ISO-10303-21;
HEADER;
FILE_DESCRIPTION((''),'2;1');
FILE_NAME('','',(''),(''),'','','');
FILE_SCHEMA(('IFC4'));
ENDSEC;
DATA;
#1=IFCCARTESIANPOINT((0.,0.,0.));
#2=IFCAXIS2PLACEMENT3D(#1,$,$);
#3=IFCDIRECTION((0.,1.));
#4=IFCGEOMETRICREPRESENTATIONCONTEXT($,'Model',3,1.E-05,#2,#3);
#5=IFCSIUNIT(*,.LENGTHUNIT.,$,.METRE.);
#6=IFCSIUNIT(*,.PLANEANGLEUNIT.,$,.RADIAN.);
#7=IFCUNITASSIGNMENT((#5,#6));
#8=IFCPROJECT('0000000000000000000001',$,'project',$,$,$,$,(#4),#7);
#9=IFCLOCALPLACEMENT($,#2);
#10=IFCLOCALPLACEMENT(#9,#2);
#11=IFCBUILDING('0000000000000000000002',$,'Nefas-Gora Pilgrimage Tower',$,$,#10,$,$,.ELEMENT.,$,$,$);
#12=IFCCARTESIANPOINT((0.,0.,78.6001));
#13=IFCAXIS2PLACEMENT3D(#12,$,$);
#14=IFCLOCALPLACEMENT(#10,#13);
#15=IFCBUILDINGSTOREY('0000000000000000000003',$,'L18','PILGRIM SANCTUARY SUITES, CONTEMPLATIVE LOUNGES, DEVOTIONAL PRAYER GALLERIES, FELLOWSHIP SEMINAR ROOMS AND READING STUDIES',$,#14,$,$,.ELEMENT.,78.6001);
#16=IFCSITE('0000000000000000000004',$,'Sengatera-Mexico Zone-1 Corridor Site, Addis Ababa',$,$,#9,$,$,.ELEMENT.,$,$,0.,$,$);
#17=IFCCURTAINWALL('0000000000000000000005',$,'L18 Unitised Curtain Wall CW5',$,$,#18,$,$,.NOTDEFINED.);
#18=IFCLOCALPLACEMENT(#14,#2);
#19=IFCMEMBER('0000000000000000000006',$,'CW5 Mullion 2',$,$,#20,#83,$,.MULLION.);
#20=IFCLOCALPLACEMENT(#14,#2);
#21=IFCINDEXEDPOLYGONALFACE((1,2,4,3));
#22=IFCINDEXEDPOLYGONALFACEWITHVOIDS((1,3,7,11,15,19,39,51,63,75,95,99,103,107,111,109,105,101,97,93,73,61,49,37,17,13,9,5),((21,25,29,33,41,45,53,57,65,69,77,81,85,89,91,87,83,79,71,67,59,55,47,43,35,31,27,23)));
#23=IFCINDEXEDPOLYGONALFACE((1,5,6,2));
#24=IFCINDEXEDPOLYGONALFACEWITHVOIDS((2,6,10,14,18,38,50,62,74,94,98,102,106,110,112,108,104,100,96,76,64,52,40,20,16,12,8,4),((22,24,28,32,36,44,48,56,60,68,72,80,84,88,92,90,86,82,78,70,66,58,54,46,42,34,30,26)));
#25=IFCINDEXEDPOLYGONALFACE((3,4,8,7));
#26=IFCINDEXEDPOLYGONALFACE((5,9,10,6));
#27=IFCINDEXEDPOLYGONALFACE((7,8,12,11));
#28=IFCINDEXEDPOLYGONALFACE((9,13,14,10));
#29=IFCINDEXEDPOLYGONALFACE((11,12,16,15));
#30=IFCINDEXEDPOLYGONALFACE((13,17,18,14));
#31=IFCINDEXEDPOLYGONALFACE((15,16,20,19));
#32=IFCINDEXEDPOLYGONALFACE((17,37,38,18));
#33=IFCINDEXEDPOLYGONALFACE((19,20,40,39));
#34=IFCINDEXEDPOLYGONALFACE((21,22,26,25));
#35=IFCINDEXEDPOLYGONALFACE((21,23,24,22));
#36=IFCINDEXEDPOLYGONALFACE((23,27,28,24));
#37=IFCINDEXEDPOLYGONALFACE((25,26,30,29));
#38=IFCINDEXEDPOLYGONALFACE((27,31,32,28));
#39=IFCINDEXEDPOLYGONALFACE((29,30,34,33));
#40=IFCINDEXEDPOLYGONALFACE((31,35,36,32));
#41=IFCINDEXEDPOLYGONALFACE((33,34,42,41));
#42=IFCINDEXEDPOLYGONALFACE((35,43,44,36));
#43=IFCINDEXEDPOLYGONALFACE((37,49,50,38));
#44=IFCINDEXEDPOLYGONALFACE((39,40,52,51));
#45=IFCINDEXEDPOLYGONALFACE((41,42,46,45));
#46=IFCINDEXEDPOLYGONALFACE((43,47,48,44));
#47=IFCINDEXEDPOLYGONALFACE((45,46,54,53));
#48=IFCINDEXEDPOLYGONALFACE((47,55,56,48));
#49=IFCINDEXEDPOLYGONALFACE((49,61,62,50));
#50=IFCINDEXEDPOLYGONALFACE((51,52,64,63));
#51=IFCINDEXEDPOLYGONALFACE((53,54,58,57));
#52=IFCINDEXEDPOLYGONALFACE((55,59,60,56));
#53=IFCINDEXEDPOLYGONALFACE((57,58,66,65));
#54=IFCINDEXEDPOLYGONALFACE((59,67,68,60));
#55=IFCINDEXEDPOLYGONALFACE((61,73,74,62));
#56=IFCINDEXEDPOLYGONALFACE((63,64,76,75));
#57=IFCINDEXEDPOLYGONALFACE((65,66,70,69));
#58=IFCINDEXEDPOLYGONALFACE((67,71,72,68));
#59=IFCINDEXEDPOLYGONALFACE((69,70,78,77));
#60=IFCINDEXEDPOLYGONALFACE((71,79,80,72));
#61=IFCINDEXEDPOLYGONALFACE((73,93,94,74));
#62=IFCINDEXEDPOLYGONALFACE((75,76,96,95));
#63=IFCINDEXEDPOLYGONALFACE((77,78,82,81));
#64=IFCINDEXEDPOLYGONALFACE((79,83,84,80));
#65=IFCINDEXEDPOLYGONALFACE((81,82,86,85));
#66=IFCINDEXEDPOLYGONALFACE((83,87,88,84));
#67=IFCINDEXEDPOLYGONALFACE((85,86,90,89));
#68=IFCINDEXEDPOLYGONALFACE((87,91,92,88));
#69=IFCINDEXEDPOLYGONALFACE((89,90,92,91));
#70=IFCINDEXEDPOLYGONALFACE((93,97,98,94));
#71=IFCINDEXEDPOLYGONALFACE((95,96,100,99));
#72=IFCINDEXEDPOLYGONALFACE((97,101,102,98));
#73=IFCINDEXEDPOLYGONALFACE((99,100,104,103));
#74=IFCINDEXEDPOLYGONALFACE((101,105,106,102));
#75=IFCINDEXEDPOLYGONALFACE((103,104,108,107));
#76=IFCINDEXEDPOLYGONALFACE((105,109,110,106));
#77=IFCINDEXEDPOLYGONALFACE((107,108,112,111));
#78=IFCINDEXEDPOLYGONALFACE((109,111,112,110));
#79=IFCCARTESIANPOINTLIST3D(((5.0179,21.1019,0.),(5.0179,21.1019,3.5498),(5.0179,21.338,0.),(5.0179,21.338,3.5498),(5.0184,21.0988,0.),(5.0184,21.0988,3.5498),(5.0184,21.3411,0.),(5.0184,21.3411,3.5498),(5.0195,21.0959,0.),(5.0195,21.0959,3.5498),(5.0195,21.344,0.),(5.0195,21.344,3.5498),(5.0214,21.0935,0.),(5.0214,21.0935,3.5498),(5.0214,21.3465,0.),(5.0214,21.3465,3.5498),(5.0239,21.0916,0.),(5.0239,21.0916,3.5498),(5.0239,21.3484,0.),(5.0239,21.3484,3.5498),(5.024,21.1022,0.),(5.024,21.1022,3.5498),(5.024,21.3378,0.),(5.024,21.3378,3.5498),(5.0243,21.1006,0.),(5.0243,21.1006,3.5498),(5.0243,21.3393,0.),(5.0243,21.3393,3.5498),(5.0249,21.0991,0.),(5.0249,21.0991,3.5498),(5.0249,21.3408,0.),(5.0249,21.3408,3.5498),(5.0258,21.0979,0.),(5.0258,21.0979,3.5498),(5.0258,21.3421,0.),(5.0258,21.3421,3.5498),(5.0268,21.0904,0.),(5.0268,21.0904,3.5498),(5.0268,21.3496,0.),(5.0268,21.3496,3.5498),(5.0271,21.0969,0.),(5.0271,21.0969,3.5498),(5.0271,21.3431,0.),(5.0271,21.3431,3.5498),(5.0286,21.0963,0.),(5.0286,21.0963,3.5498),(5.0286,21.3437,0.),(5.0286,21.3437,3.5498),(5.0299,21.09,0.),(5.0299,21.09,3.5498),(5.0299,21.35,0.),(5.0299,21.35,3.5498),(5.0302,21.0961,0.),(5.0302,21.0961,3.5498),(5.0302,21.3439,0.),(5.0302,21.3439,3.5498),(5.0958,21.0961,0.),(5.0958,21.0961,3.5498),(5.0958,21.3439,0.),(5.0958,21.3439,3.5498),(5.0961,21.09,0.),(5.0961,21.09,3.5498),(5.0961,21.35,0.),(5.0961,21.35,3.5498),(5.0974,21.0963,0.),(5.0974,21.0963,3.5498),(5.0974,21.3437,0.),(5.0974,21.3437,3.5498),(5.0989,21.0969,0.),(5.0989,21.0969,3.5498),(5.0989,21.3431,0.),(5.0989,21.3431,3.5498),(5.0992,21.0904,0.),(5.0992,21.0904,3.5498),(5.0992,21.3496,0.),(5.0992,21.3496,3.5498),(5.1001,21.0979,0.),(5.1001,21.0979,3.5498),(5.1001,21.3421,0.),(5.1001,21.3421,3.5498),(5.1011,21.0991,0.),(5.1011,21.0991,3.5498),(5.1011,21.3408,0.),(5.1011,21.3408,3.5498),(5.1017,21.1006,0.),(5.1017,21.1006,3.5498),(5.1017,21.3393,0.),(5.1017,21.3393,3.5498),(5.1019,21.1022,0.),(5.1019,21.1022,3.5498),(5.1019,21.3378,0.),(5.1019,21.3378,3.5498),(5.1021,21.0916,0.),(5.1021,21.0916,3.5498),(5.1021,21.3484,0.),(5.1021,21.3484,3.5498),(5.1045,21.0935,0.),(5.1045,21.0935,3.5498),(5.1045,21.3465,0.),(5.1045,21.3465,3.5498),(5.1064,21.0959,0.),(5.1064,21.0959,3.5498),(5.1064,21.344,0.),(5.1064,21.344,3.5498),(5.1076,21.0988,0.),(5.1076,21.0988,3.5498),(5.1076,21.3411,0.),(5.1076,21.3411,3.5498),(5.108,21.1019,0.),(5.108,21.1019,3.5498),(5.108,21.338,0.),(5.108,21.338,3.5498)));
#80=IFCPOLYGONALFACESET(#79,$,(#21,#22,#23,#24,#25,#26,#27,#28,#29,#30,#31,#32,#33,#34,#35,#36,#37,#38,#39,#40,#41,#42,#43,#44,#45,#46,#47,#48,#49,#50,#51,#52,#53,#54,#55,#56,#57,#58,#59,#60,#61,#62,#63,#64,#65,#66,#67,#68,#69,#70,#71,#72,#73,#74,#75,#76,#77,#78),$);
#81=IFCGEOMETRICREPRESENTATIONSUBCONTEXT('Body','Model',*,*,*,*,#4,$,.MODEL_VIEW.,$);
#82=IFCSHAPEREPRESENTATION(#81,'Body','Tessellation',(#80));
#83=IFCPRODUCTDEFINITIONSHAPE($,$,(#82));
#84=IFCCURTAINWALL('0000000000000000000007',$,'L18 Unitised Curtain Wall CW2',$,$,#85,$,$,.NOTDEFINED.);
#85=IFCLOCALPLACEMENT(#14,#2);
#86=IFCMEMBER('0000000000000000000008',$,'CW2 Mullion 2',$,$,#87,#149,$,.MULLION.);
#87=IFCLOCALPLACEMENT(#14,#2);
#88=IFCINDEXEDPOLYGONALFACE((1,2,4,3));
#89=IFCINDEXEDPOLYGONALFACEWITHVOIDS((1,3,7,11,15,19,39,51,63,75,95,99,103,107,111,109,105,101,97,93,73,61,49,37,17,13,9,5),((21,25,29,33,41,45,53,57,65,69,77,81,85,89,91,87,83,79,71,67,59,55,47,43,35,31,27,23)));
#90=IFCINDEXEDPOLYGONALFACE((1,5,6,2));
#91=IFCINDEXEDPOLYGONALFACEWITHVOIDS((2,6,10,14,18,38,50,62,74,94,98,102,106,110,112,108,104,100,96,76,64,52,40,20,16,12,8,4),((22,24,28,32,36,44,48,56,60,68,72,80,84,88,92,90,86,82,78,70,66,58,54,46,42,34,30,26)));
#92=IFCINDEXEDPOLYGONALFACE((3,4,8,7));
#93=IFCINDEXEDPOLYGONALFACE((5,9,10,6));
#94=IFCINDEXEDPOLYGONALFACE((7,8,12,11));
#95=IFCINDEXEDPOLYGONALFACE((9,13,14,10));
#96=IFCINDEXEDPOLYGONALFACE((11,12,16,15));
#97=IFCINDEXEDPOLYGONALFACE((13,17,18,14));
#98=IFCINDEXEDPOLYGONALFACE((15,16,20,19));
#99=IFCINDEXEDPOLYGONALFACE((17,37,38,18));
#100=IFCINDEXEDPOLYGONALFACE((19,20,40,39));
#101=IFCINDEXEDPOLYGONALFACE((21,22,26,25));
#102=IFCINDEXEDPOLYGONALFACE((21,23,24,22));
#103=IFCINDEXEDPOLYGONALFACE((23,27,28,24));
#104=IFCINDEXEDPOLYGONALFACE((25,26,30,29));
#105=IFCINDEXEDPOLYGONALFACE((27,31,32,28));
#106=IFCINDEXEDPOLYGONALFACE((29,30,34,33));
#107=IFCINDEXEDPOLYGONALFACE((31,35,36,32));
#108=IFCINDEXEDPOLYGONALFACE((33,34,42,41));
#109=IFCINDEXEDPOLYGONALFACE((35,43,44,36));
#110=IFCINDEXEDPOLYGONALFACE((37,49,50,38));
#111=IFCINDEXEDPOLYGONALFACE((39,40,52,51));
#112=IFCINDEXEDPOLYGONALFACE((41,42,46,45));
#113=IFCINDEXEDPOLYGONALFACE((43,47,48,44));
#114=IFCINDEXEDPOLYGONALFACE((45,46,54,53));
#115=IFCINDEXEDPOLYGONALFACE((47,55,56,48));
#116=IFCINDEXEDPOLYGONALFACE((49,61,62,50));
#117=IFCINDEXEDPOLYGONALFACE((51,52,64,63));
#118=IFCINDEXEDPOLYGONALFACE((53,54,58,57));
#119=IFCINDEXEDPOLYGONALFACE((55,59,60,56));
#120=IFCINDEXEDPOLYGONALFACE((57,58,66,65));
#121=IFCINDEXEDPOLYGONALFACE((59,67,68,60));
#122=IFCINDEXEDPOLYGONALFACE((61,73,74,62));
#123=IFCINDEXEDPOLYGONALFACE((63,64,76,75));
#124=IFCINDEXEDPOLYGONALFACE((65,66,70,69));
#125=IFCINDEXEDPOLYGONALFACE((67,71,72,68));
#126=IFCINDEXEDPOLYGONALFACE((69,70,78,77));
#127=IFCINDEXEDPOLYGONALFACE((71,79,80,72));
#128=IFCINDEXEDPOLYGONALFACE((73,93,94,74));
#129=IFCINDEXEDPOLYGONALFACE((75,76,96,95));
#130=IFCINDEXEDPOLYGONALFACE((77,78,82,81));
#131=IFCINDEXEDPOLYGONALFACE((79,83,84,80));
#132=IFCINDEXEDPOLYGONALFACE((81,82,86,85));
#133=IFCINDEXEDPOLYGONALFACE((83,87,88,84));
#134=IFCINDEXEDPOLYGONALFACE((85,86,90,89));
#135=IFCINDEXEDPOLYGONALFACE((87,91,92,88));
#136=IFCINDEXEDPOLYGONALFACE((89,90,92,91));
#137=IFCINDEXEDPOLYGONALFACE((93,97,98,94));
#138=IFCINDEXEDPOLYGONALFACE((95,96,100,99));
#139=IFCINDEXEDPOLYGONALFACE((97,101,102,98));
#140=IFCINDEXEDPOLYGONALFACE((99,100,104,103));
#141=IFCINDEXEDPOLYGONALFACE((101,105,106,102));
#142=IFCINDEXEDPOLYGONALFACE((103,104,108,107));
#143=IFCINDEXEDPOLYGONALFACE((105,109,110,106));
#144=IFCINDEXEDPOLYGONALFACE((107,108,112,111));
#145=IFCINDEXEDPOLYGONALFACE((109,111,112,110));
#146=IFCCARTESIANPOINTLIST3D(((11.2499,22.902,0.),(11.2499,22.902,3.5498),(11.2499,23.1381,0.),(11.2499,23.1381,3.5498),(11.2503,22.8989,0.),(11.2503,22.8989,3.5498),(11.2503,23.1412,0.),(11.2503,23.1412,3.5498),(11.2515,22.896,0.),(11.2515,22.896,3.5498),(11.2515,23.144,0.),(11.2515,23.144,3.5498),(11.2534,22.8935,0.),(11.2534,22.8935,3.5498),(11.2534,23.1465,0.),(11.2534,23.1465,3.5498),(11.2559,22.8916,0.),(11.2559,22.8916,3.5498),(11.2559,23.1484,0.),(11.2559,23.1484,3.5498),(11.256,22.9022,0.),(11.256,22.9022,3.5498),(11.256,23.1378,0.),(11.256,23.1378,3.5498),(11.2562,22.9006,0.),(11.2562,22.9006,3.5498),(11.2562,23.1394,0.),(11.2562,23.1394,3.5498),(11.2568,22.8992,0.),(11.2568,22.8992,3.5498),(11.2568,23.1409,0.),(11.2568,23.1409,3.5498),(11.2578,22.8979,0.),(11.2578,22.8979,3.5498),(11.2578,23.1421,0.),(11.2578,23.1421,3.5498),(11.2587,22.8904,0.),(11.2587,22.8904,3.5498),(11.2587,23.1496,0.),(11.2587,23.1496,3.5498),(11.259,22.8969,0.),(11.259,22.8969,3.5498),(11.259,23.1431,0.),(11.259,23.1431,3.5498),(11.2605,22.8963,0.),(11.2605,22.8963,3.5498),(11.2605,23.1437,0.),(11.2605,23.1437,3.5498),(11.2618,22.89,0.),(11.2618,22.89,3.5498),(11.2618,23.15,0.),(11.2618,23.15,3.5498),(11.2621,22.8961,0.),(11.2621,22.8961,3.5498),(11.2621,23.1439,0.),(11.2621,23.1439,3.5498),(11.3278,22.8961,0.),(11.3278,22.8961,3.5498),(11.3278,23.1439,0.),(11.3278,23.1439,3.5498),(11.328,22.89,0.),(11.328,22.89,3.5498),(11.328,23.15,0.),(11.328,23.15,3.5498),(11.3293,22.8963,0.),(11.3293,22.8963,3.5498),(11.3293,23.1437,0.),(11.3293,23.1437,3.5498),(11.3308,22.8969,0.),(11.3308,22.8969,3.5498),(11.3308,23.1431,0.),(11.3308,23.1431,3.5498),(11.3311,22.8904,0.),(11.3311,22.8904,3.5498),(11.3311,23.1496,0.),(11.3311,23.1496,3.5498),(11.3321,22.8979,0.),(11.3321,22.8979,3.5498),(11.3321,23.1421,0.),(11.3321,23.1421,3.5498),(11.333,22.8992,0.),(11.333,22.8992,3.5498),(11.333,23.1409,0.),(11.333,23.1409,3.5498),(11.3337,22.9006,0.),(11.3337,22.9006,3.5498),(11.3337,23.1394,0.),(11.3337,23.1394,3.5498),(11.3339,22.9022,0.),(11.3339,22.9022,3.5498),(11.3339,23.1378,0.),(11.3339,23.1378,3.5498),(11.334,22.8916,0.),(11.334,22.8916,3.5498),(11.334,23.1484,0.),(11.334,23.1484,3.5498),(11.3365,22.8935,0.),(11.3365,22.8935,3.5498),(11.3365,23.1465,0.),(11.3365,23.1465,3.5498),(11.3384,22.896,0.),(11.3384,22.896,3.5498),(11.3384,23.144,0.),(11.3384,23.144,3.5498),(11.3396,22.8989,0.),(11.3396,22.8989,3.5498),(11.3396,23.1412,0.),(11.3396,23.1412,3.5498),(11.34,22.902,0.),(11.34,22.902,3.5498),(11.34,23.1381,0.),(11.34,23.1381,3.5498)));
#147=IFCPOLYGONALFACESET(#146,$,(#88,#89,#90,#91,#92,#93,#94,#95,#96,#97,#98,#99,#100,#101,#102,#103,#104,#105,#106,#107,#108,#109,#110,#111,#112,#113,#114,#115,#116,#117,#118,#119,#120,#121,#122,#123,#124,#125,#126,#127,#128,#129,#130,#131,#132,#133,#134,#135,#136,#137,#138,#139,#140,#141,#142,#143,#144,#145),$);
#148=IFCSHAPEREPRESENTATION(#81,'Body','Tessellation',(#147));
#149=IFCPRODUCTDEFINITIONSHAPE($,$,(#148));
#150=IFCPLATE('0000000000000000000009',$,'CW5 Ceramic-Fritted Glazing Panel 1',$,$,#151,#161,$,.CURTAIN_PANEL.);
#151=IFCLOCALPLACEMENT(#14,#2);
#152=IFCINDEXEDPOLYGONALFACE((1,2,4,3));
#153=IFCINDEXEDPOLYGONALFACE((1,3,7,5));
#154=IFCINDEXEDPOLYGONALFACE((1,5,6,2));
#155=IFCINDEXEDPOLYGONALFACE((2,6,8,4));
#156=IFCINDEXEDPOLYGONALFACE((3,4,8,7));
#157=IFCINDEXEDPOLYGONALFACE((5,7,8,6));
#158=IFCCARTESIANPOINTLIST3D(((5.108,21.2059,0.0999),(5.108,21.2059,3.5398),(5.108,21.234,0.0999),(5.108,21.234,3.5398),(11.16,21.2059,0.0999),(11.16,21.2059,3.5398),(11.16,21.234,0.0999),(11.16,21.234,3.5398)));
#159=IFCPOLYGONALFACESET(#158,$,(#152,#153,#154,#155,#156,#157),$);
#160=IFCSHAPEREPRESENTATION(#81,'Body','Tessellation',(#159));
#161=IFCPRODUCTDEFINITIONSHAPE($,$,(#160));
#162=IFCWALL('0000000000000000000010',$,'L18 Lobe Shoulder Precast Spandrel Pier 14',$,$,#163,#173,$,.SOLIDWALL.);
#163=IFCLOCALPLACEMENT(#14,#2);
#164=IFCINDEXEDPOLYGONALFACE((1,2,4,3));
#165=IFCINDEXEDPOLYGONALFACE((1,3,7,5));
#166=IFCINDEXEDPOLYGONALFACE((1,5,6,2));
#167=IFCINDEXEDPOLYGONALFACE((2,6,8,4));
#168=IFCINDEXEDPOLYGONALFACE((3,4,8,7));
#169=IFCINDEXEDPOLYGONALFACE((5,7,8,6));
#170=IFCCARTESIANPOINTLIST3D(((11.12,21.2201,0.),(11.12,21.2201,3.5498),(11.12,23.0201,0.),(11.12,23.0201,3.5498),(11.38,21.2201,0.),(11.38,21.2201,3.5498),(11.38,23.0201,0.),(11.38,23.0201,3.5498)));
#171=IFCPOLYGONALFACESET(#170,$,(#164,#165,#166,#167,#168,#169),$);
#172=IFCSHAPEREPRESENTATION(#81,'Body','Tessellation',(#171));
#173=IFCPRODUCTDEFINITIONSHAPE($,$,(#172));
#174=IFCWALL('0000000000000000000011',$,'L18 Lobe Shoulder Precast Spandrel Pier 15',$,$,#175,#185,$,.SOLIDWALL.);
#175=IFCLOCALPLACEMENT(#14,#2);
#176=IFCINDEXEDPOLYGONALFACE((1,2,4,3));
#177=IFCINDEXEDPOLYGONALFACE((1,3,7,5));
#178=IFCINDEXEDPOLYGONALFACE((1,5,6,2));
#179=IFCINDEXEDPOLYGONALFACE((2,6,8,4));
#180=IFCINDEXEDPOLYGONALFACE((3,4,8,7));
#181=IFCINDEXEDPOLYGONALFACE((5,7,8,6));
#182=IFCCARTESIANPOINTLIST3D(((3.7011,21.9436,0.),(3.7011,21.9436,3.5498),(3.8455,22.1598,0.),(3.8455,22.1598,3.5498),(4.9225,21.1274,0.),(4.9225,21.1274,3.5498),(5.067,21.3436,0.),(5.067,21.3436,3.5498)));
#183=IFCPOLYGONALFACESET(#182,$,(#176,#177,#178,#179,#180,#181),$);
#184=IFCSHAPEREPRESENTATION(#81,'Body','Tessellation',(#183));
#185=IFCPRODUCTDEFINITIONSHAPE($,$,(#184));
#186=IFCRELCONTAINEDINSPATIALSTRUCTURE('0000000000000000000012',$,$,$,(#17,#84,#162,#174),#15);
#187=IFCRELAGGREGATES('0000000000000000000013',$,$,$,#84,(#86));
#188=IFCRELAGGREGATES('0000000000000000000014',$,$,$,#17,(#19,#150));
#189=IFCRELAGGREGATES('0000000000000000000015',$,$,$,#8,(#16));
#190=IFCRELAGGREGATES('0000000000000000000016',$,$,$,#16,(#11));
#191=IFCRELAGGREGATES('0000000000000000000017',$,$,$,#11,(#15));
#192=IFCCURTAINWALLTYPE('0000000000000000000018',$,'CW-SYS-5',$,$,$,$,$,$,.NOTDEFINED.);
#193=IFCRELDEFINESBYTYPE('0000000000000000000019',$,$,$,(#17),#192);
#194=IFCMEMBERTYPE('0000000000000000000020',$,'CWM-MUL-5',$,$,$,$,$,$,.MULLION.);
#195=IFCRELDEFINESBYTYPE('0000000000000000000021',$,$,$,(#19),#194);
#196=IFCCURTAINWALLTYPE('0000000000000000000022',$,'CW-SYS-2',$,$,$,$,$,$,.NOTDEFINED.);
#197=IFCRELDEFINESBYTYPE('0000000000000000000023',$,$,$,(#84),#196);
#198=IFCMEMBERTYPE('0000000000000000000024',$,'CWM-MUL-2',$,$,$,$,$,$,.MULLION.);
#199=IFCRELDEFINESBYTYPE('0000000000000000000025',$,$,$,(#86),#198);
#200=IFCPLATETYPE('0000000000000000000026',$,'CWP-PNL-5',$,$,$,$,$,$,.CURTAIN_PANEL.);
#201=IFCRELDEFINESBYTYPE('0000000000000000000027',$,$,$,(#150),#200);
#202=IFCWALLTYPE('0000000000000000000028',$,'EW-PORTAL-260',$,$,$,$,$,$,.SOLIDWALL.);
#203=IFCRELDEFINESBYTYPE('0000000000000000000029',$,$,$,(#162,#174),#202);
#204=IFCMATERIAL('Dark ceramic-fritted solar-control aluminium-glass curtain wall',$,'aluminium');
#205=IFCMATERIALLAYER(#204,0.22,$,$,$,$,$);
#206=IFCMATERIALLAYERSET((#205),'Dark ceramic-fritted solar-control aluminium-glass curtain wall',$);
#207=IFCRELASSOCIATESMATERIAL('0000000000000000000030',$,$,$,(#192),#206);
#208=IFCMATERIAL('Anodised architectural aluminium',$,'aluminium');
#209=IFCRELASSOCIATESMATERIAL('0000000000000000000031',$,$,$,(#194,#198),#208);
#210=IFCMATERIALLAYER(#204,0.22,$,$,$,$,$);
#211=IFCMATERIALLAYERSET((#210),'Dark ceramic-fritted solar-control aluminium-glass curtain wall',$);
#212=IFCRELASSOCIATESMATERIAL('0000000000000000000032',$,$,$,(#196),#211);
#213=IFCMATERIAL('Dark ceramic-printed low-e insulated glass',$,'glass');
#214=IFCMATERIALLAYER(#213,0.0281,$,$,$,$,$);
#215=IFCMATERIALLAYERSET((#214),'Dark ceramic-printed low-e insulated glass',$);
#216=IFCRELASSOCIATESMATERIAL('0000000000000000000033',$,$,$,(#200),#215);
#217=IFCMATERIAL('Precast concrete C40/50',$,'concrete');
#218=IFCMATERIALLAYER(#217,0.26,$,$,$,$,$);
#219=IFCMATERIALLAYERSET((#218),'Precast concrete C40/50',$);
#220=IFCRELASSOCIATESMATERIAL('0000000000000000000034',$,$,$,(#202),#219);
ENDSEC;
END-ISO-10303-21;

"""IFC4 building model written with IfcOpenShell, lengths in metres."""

from ifc_helpers import new_model, si_unit, direction, frame, frame_2d, origin, origin_2d, place, context, subcontext, project, spatial, rectangle, hollow_rectangle, extrude, source, transform, mapped, material, layer, layer_set, material_profile, profile_set, type_object, element, aggregate, save


model = new_model("IFC4")

# Units and contexts
model_context = context("Model", 3, precision=1e-05, world=origin(), true_north=direction((0.0, 1.0)))
body_context = subcontext(model_context, "Body", "Model", "MODEL_VIEW")
ifc_project = project(units=[si_unit("LENGTHUNIT", "METRE"), si_unit("PLANEANGLEUNIT", "RADIAN")], contexts=[model_context])

# Site, building, storey
site_placement = place(None, origin())
site = spatial("IfcSite", under=ifc_project, at=site_placement, Name="Sengatera-Mexico Zone-1 Corridor Site, Addis Ababa", CompositionType="ELEMENT", RefElevation=0.0)
building_placement = place(site_placement, origin())
building = spatial("IfcBuilding", under=site, at=building_placement, Name="Nefas-Gora Pilgrimage Tower", CompositionType="ELEMENT")
storey_placement = place(building_placement, frame((0.0, 0.0, 78.6001)))
storey = spatial("IfcBuildingStorey", under=building, at=storey_placement, Name="L18", Description="PILGRIM SANCTUARY SUITES, CONTEMPLATIVE LOUNGES, DEVOTIONAL PRAYER GALLERIES, FELLOWSHIP SEMINAR ROOMS AND READING STUDIES", CompositionType="ELEMENT", Elevation=78.6001)

# Curtain wall, member
ifc_material_1 = material(Name="Dark ceramic-fritted solar-control aluminium-glass curtain wall", Category="aluminium")
ifc_layer_1 = layer(ifc_material_1, 0.22)
ifc_layer_set_1 = layer_set([ifc_layer_1], Name="Dark ceramic-fritted solar-control aluminium-glass curtain wall")
curtain_wall_type_1 = type_object("IfcCurtainWallType", Name="CW-SYS-5", PredefinedType="NOTDEFINED", material=ifc_layer_set_1)
curtain_wall_1_placement = place(storey_placement, origin())
curtain_wall_1 = element("IfcCurtainWall", 1, at=curtain_wall_1_placement, inside=storey, type_object=curtain_wall_type_1, Name="L18 Unitised Curtain Wall CW5", PredefinedType="NOTDEFINED")
ifc_material_2 = material(Name="Anodised architectural aluminium", Category="aluminium")
ifc_material_profile_1 = material_profile(ifc_material_2, hollow_rectangle(XDim=0.0901, YDim=0.26, WallThickness=0.0061, InnerFilletRadius=0.0061, OuterFilletRadius=0.012, at=origin_2d()), Name="ALU MULLION 90x260")
ifc_profile_set_1 = profile_set([ifc_material_profile_1], Name="Anodised architectural aluminium")
member_type_1 = type_object("IfcMemberType", Name="CWM-MUL-5", PredefinedType="MULLION", material=ifc_profile_set_1)
shared_shape_1 = source(origin(), body_context, "Body", "SweptSolid", [
    extrude(hollow_rectangle(XDim=0.0901, YDim=0.26, WallThickness=0.0061, InnerFilletRadius=0.0061, OuterFilletRadius=0.012, at=origin_2d()), origin(), (0.0, 0.0, 1.0), 3.5498),
])
member_1_placement = place(storey_placement, frame((5.063, 21.22, 0.0), z_axis=(0.0, 0.0, 1.0), x_axis=(-1.0, 0.0, 0.0)))
member_1 = element("IfcMember", 2, at=member_1_placement, type_object=member_type_1, Name="CW5 Mullion 2", PredefinedType="MULLION", context=body_context, shape_type="MappedRepresentation", body=[
    mapped(shared_shape_1, transform((0.0, 0.0, 0.0), x_axis=(1.0, 0.0, 0.0), y_axis=(0.0, 1.0, 0.0), z_axis=(0.0, 0.0, 1.0), scale=1.0)),
])

# Curtain wall, member
ifc_layer_2 = layer(ifc_material_1, 0.22)
ifc_layer_set_2 = layer_set([ifc_layer_2], Name="Dark ceramic-fritted solar-control aluminium-glass curtain wall")
curtain_wall_type_2 = type_object("IfcCurtainWallType", Name="CW-SYS-2", PredefinedType="NOTDEFINED", material=ifc_layer_set_2)
curtain_wall_2_placement = place(storey_placement, origin())
curtain_wall_2 = element("IfcCurtainWall", 3, at=curtain_wall_2_placement, inside=storey, type_object=curtain_wall_type_2, Name="L18 Unitised Curtain Wall CW2", PredefinedType="NOTDEFINED")
ifc_material_profile_2 = material_profile(ifc_material_2, hollow_rectangle(XDim=0.0901, YDim=0.26, WallThickness=0.0061, InnerFilletRadius=0.0061, OuterFilletRadius=0.012, at=origin_2d()), Name="ALU MULLION 90x260")
ifc_profile_set_2 = profile_set([ifc_material_profile_2], Name="Anodised architectural aluminium")
member_type_2 = type_object("IfcMemberType", Name="CWM-MUL-2", PredefinedType="MULLION", material=ifc_profile_set_2)
shared_shape_2 = source(origin(), body_context, "Body", "SweptSolid", [
    extrude(hollow_rectangle(XDim=0.0901, YDim=0.26, WallThickness=0.0061, InnerFilletRadius=0.0061, OuterFilletRadius=0.012, at=origin_2d()), origin(), (0.0, 0.0, 1.0), 3.5498),
])
member_2_placement = place(storey_placement, frame((11.2949, 23.02, 0.0), z_axis=(0.0, 0.0, 1.0), x_axis=(-1.0, 0.0, 0.0)))
member_2 = element("IfcMember", 4, at=member_2_placement, type_object=member_type_2, Name="CW2 Mullion 2", PredefinedType="MULLION", context=body_context, shape_type="MappedRepresentation", body=[
    mapped(shared_shape_2, transform((0.0, 0.0, 0.0), x_axis=(1.0, 0.0, 0.0), y_axis=(0.0, 1.0, 0.0), z_axis=(0.0, 0.0, 1.0), scale=1.0)),
])
aggregate(curtain_wall_2, [member_2])

# Plate
ifc_material_3 = material(Name="Dark ceramic-printed low-e insulated glass", Category="glass")
ifc_layer_3 = layer(ifc_material_3, 0.0281)
ifc_layer_set_3 = layer_set([ifc_layer_3], Name="Dark ceramic-printed low-e insulated glass")
plate_type = type_object("IfcPlateType", Name="CWP-PNL-5", PredefinedType="CURTAIN_PANEL", material=ifc_layer_set_3)
shared_shape_3 = source(origin(), body_context, "Body", "SweptSolid", [
    extrude(rectangle(XDim=6.052, YDim=0.0281, at=origin_2d()), origin(), (0.0, 0.0, 1.0), 3.4399),
])
plate_placement = place(storey_placement, frame((8.134, 21.22, 0.0999), z_axis=(0.0, 0.0, 1.0), x_axis=(-1.0, 0.0, 0.0)))
plate = element("IfcPlate", 5, at=plate_placement, type_object=plate_type, Name="CW5 Ceramic-Fritted Glazing Panel 1", PredefinedType="CURTAIN_PANEL", context=body_context, shape_type="MappedRepresentation", body=[
    mapped(shared_shape_3, transform((0.0, 0.0, 0.0), x_axis=(1.0, 0.0, 0.0), y_axis=(0.0, 1.0, 0.0), z_axis=(0.0, 0.0, 1.0), scale=1.0)),
])
aggregate(curtain_wall_1, [member_1, plate])

# Walls
ifc_material_4 = material(Name="Precast concrete C40/50", Category="concrete")
ifc_layer_4 = layer(ifc_material_4, 0.26)
ifc_layer_set_4 = layer_set([ifc_layer_4], Name="Precast concrete C40/50")
wall_type_1 = type_object("IfcWallType", Name="EW-PORTAL-260", PredefinedType="SOLIDWALL", material=ifc_layer_set_4)
shared_shape_4 = source(origin(), body_context, "Body", "SweptSolid", [
    extrude(rectangle(XDim=1.8, YDim=0.26, at=frame_2d((0.8999, 0.0))), origin(), (0.0, 0.0, 1.0), 3.5498),
])
wall_1_placement = place(storey_placement, frame((11.25, 23.02, 0.0), z_axis=(0.0, 0.0, 1.0), x_axis=(0.0, -1.0, 0.0)))
element("IfcWall", 6, at=wall_1_placement, inside=storey, type_object=wall_type_1, Name="L18 Lobe Shoulder Precast Spandrel Pier 14", PredefinedType="SOLIDWALL", context=body_context, shape_type="MappedRepresentation", body=[
    mapped(shared_shape_4, transform((0.0, 0.0, 0.0), x_axis=(1.0, 0.0, 0.0), y_axis=(0.0, 1.0, 0.0), z_axis=(0.0, 0.0, 1.0), scale=1.0)),
])
shared_shape_5 = source(origin(), body_context, "Body", "SweptSolid", [
    extrude(rectangle(XDim=1.469, YDim=0.26, at=frame_2d((0.7344, 0.0))), origin(), (0.0, 0.0, 1.0), 3.5498),
])
wall_2_placement = place(storey_placement, frame((4.9946, 21.2356, 0.0), z_axis=(0.0, 0.0, 1.0), x_axis=(-0.831462, 0.555582, 0.0)))
element("IfcWall", 7, at=wall_2_placement, inside=storey, type_object=wall_type_1, Name="L18 Lobe Shoulder Precast Spandrel Pier 15", PredefinedType="SOLIDWALL", context=body_context, shape_type="MappedRepresentation", body=[
    mapped(shared_shape_5, transform((0.0, 0.0, 0.0), x_axis=(1.0, 0.0, 0.0), y_axis=(0.0, 1.0, 0.0), z_axis=(0.0, 0.0, 1.0), scale=1.0)),
])

save(model, "model.ifc")
